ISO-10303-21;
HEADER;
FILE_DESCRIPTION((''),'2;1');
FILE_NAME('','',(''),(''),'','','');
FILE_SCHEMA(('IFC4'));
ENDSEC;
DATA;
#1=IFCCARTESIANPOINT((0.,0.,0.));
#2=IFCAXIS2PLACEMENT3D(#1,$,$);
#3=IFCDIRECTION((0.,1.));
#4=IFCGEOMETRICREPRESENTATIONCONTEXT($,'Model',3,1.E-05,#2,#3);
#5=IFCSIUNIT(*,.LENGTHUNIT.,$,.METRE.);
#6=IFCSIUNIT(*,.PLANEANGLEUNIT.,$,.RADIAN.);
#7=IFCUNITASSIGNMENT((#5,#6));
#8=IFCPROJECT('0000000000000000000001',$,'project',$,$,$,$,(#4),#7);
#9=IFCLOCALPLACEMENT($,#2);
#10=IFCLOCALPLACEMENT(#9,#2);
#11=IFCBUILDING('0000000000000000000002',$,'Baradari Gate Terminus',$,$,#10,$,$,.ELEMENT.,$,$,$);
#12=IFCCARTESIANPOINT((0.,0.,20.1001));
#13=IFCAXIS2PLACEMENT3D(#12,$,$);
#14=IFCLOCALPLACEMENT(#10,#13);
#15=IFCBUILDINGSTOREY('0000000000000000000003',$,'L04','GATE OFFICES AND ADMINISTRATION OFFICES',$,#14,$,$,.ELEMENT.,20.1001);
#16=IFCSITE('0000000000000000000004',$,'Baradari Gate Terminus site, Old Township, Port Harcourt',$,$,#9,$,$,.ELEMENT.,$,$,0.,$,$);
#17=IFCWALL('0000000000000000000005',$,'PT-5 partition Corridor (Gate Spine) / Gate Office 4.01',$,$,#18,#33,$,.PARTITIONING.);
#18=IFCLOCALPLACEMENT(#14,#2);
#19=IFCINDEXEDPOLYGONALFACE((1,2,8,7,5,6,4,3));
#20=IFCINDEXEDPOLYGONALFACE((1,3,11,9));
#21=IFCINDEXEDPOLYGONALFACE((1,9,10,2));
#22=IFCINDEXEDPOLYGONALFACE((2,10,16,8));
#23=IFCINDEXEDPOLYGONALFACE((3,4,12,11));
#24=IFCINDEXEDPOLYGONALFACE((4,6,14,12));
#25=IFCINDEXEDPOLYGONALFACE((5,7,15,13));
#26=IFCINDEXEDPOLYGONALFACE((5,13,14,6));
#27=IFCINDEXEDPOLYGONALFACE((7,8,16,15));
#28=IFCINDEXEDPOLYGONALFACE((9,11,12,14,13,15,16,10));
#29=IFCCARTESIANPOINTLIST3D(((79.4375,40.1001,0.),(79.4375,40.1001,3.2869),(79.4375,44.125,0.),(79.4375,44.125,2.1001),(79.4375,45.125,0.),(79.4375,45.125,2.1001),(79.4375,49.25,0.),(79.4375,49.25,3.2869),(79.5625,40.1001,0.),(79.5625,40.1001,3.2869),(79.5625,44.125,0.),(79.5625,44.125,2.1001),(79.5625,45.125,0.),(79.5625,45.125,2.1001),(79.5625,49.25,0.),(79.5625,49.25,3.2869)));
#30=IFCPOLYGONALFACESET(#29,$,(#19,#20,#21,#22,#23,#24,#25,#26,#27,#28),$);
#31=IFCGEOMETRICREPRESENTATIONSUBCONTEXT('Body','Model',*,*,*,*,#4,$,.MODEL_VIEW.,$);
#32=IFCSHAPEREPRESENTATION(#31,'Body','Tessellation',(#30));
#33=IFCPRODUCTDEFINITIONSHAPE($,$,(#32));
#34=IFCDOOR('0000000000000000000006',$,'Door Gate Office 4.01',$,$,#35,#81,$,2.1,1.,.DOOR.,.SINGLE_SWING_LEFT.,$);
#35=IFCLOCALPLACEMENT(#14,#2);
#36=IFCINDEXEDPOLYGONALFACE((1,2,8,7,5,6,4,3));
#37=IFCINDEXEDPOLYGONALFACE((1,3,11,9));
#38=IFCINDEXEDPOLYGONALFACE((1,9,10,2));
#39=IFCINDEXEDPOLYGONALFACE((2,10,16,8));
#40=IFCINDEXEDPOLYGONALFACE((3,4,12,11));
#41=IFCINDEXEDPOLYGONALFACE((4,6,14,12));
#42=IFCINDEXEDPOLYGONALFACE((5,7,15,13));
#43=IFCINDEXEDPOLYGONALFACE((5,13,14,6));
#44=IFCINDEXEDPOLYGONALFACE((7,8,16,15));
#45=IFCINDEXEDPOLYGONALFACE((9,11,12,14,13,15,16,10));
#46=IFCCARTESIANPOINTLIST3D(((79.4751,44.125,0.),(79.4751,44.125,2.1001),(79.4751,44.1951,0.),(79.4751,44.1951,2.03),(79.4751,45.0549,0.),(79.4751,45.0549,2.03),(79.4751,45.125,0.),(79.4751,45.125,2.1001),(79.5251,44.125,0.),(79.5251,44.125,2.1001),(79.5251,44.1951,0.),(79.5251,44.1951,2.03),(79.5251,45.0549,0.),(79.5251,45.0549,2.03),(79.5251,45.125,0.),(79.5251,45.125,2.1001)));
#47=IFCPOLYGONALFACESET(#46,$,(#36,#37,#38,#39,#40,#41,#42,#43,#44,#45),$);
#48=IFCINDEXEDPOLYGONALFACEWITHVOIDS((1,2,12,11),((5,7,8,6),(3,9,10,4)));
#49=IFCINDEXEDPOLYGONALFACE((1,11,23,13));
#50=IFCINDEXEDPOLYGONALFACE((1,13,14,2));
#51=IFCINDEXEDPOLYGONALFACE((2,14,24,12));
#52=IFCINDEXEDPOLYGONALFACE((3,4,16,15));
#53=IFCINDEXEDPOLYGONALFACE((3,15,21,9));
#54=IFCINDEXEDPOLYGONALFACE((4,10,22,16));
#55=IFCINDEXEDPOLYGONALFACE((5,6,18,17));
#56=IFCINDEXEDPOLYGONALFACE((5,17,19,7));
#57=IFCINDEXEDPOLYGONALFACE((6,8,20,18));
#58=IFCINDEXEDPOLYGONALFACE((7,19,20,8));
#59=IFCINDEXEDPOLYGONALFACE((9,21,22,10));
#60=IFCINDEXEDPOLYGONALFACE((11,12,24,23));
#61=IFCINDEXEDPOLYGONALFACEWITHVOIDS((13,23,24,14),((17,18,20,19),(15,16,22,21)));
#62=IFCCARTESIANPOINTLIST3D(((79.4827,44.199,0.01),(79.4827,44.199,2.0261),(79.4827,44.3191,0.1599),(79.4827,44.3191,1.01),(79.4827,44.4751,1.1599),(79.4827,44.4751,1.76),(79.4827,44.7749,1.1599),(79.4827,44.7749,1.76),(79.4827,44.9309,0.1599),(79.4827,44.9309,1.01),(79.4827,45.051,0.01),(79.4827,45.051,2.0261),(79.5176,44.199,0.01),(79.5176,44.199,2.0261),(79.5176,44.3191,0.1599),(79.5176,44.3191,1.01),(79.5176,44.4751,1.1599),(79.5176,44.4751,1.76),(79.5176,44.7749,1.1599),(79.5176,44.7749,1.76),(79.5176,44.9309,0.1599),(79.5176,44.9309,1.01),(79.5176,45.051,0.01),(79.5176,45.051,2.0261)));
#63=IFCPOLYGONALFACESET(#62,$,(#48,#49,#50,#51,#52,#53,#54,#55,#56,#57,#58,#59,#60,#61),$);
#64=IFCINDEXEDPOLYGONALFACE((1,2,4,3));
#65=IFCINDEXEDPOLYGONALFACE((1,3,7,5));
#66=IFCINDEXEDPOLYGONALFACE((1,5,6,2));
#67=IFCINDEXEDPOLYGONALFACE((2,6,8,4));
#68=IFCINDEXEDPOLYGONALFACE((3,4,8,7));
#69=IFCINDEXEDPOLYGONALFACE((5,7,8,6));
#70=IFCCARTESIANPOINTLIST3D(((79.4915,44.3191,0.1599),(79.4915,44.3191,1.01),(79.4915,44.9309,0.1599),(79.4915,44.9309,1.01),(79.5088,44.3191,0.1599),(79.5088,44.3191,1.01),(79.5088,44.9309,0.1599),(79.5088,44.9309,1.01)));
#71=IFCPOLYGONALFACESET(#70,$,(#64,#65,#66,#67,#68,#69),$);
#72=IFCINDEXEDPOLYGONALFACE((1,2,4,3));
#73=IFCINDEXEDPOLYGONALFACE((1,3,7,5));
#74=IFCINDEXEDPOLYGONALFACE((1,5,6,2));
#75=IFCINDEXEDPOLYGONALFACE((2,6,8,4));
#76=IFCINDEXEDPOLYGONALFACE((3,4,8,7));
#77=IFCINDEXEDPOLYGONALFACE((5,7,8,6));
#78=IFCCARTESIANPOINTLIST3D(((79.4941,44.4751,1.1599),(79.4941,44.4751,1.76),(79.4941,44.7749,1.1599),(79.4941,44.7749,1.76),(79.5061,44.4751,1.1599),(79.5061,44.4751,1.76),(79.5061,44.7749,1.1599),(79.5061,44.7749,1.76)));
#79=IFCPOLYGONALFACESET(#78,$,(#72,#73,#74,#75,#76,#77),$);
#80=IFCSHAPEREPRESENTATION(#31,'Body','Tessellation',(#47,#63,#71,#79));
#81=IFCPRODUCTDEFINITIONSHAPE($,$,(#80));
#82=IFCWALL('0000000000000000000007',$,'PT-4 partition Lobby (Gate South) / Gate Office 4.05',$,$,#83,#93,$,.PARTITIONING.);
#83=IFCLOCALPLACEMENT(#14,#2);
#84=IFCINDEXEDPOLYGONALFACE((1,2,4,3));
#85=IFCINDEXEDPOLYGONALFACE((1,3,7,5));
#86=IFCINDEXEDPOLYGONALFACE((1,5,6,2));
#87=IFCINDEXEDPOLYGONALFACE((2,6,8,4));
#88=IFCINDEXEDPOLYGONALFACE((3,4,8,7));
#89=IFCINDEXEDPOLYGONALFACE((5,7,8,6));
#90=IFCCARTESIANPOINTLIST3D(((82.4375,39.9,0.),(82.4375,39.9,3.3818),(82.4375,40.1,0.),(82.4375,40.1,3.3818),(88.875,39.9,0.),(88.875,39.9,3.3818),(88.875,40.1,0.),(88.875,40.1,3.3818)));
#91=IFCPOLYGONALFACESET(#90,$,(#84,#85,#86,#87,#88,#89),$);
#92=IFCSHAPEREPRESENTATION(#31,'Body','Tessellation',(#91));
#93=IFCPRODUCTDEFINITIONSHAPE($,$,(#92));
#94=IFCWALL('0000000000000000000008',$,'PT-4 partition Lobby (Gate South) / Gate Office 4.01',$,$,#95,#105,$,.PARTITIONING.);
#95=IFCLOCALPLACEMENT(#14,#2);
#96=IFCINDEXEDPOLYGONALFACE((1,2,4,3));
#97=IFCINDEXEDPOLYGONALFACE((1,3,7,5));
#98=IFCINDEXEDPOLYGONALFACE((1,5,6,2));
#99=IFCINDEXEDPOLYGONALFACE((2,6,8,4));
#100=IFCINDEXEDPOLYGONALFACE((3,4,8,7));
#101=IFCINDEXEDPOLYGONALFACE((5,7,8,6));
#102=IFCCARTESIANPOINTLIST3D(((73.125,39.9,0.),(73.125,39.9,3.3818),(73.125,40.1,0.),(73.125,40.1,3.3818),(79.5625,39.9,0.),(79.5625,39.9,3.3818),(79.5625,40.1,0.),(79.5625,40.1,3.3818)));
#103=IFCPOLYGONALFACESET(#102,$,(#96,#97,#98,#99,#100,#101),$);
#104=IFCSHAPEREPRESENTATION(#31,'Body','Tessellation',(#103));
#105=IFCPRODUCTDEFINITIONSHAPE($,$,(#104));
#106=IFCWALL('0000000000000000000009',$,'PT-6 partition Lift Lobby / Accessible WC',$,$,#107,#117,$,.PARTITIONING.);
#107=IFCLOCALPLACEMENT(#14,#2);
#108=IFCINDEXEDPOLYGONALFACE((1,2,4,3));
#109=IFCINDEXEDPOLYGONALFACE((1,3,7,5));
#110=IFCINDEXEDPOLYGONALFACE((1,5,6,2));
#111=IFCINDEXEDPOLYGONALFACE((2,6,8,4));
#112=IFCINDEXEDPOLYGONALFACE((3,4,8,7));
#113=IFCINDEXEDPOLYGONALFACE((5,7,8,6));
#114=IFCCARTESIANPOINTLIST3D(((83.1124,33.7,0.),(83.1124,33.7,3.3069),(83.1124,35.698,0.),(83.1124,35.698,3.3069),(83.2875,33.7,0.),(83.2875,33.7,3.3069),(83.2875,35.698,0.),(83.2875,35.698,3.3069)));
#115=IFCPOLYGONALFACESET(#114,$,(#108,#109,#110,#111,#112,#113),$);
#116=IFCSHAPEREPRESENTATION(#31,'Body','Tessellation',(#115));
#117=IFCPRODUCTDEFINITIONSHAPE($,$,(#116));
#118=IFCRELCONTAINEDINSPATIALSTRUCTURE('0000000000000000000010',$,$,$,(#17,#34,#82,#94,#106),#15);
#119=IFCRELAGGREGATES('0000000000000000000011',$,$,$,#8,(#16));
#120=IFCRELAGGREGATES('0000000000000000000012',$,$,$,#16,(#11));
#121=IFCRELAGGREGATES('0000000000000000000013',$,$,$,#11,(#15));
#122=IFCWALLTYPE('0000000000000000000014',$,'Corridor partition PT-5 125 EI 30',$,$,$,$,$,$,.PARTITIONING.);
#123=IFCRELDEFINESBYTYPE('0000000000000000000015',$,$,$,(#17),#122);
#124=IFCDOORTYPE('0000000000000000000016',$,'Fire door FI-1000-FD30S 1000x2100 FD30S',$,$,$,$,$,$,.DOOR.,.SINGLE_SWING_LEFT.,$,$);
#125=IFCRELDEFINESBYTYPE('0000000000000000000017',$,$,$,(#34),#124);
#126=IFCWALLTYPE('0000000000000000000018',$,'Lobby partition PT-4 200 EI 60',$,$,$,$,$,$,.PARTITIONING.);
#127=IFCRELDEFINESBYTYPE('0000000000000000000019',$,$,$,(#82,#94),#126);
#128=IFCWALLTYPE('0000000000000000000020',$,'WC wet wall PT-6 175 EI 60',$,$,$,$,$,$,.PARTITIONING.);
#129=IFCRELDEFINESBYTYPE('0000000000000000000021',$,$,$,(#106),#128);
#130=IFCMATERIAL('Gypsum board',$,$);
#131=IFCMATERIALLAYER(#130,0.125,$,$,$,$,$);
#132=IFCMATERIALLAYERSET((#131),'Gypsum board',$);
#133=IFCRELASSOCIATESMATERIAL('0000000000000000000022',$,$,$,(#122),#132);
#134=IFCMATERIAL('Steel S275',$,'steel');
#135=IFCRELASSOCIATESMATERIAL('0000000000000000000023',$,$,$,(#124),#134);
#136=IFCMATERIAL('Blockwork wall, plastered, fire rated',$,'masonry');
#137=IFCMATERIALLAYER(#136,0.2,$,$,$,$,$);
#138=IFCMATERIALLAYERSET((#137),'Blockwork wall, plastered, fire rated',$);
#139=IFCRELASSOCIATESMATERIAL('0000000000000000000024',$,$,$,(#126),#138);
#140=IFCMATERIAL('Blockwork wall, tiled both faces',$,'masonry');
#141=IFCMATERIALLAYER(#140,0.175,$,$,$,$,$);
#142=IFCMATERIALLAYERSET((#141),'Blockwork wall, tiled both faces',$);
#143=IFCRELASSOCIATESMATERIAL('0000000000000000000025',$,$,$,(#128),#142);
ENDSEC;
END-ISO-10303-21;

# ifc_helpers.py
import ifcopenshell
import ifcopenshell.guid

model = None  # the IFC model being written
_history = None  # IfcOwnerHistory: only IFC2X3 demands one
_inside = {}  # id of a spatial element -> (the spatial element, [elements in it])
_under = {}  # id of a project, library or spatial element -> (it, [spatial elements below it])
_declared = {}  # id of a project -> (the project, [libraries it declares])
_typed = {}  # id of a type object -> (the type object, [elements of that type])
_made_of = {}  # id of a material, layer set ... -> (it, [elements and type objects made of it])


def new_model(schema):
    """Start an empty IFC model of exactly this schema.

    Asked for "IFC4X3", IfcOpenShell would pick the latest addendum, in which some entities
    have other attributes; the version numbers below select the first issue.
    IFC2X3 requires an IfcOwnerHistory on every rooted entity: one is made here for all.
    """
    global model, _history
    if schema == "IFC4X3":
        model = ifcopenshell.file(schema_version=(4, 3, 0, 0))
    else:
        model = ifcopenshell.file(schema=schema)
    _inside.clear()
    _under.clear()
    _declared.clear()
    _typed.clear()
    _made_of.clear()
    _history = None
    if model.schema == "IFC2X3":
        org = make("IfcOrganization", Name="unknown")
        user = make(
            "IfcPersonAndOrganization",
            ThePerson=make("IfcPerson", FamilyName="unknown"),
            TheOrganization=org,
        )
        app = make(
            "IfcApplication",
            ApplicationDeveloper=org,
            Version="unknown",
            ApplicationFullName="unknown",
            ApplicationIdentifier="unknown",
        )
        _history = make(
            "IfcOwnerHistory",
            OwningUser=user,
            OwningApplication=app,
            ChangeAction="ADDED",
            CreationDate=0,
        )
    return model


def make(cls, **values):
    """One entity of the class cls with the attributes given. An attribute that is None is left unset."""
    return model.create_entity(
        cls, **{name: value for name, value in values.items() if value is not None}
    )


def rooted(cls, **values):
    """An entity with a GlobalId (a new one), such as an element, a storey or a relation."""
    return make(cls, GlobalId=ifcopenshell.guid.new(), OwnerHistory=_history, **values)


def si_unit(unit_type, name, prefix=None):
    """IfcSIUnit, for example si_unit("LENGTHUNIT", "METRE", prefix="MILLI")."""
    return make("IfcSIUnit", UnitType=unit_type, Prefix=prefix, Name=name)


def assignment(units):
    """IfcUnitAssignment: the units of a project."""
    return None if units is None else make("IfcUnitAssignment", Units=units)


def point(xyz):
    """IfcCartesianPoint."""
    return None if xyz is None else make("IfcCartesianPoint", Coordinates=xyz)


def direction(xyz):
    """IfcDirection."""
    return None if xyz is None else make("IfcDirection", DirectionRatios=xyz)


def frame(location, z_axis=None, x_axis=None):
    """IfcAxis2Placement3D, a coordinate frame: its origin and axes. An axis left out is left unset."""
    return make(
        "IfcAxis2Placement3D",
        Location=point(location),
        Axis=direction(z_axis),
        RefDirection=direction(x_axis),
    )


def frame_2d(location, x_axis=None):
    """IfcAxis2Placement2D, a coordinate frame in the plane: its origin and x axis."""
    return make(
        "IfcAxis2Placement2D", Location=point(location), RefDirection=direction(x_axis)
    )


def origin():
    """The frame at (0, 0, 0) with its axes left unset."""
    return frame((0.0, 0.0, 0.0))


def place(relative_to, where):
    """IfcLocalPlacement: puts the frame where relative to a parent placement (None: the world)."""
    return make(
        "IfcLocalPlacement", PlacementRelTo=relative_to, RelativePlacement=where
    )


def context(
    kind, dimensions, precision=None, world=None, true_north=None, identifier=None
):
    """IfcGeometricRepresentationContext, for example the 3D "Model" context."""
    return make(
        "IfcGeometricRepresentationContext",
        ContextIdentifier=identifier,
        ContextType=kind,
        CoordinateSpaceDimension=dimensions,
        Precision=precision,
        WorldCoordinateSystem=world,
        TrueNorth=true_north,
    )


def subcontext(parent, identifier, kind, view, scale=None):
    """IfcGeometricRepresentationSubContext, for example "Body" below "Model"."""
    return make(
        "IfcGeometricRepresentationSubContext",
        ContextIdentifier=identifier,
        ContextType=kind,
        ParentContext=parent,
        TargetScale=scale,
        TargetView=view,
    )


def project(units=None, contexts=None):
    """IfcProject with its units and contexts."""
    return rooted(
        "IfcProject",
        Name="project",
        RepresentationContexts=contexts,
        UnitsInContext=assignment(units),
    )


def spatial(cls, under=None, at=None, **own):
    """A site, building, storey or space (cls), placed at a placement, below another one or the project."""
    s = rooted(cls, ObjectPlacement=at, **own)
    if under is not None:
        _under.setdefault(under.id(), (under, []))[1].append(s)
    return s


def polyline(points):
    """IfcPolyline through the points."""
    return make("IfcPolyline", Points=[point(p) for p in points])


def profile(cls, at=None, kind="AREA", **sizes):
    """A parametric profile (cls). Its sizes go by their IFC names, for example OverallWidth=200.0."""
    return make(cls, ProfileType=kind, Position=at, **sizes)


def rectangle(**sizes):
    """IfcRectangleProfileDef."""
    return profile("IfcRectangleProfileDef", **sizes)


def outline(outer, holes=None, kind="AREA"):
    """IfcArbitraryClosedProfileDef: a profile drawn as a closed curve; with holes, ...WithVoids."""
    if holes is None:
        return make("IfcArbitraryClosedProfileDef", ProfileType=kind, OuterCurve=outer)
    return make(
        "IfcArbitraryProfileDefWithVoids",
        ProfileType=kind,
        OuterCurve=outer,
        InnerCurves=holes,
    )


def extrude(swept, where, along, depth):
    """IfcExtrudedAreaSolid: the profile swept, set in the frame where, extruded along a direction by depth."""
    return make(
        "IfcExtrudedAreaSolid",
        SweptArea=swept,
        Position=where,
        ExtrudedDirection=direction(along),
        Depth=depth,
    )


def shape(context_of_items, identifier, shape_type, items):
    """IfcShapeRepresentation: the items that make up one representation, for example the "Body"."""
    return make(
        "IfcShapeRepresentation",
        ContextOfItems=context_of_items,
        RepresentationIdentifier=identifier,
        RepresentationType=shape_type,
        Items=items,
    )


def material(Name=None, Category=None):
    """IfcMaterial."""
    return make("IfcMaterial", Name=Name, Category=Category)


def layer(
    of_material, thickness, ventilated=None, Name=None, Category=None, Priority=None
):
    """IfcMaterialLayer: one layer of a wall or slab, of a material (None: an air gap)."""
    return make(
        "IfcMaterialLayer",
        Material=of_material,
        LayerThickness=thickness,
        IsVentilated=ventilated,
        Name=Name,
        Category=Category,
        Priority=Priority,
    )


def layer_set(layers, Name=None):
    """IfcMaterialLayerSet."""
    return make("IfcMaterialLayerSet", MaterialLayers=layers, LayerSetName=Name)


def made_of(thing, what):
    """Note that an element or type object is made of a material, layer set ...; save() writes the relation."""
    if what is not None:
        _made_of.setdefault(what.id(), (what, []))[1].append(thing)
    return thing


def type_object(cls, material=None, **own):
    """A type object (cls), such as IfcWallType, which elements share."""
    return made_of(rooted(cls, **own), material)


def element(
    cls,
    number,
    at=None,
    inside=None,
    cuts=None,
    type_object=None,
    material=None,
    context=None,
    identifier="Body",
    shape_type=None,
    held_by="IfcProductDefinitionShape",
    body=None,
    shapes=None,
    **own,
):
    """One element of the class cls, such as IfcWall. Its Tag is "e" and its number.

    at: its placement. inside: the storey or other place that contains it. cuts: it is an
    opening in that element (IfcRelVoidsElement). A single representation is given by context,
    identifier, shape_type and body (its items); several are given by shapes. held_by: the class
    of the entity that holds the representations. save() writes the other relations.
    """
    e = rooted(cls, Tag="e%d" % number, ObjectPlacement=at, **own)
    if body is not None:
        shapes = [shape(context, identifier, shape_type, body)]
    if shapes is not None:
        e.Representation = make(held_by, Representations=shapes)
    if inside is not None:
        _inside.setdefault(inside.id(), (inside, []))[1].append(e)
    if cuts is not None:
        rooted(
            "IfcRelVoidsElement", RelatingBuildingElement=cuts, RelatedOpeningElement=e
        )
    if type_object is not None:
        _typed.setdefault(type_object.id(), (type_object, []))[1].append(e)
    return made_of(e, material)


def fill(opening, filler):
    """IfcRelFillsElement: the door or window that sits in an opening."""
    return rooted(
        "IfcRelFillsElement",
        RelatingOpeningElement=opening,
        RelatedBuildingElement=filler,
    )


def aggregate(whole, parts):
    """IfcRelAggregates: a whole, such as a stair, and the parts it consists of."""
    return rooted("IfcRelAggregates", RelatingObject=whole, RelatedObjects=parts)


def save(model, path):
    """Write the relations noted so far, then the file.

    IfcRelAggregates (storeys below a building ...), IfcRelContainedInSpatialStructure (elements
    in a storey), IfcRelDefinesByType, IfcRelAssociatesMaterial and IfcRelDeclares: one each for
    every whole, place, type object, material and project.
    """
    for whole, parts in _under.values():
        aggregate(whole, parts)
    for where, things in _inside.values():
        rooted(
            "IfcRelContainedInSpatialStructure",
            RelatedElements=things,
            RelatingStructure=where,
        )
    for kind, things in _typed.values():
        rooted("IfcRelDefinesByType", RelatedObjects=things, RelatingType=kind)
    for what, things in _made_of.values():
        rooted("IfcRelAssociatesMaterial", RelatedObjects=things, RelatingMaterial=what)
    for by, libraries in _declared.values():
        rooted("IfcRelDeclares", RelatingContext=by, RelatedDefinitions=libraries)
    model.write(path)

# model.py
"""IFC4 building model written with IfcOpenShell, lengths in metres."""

from ifc_helpers import new_model, si_unit, direction, frame, frame_2d, origin, place, context, subcontext, project, spatial, polyline, rectangle, outline, extrude, material, layer, layer_set, type_object, element, fill, save


model = new_model("IFC4")

# Units and contexts
model_context = context("Model", 3, precision=1e-05, world=origin(), true_north=direction((0.0, 1.0)))
body_context = subcontext(model_context, "Body", "Model", "MODEL_VIEW")
ifc_project = project(units=[si_unit("LENGTHUNIT", "METRE"), si_unit("PLANEANGLEUNIT", "RADIAN")], contexts=[model_context])

# Site, building, storey
site_placement = place(None, origin())
site = spatial("IfcSite", under=ifc_project, at=site_placement, Name="Baradari Gate Terminus site, Old Township, Port Harcourt", CompositionType="ELEMENT", RefElevation=0.0)
building_placement = place(site_placement, origin())
building = spatial("IfcBuilding", under=site, at=building_placement, Name="Baradari Gate Terminus", CompositionType="ELEMENT")
storey_placement = place(building_placement, frame((0.0, 0.0, 20.1001)))
storey = spatial("IfcBuildingStorey", under=building, at=storey_placement, Name="L04", Description="GATE OFFICES AND ADMINISTRATION OFFICES", CompositionType="ELEMENT", Elevation=20.1001)

# Wall, opening, door
ifc_material_1 = material(Name="Gypsum board")
ifc_layer_1 = layer(ifc_material_1, 0.125)
ifc_layer_set_1 = layer_set([ifc_layer_1], Name="Gypsum board")
wall_type_1 = type_object("IfcWallType", Name="Corridor partition PT-5 125 EI 30", PredefinedType="PARTITIONING", material=ifc_layer_set_1)
wall_1_placement = place(storey_placement, frame((79.5, 40.1001, 0.0), z_axis=(0.0, 0.0, 1.0), x_axis=(0.0, 1.0, 0.0)))
wall_1 = element("IfcWall", 1, at=wall_1_placement, inside=storey, type_object=wall_type_1, Name="PT-5 partition Corridor (Gate Spine) / Gate Office 4.01", PredefinedType="PARTITIONING", context=body_context, shape_type="SweptSolid", body=[
    extrude(rectangle(XDim=9.1499, YDim=0.125, at=frame_2d((4.575, 0.0))), origin(), (0.0, 0.0, 1.0), 3.2869),
])
opening_placement = place(wall_1_placement, frame((4.0249, 0.0, 0.0)))
opening = element("IfcOpeningElement", 2, at=opening_placement, cuts=wall_1, PredefinedType="OPENING", context=body_context, shape_type="SweptSolid", body=[
    extrude(rectangle(XDim=1.0, YDim=2.1001, at=frame_2d((0.5, 1.05))), frame((0.0, 0.0725, 0.0), z_axis=(0.0, -1.0, 0.0), x_axis=(1.0, 0.0, 0.0)), (0.0, 0.0, 1.0), 0.145),
])
ifc_material_2 = material(Name="Steel S275", Category="steel")
door_type = type_object("IfcDoorType", Name="Fire door FI-1000-FD30S 1000x2100 FD30S", OperationType="SINGLE_SWING_LEFT", PredefinedType="DOOR", material=ifc_material_2)
door_placement = place(opening_placement, origin())
door = element("IfcDoor", 3, at=door_placement, inside=storey, type_object=door_type, Name="Door Gate Office 4.01", OperationType="SINGLE_SWING_LEFT", OverallHeight=2.1, OverallWidth=1.0, PredefinedType="DOOR", context=body_context, shape_type="SweptSolid", body=[
    extrude(outline(polyline([(0.0, 0.0), (0.0701, 0.0), (0.0701, 2.03), (0.9299, 2.03), (0.9299, 0.0), (1.0, 0.0), (1.0, 2.1001), (0.0, 2.1001), (0.0, 0.0)])), frame((0.0, 0.0249, 0.0), z_axis=(0.0, -1.0, 0.0), x_axis=(1.0, 0.0, 0.0)), (0.0, 0.0, 1.0), 0.05),
    extrude(outline(polyline([(0.074, 0.01), (0.926, 0.01), (0.926, 2.0261), (0.074, 2.0261), (0.074, 0.01)]), holes=[polyline([(0.1941, 0.1599), (0.8059, 0.1599), (0.8059, 1.01), (0.1941, 1.01), (0.1941, 0.1599)]), polyline([(0.3501, 1.1599), (0.6499, 1.1599), (0.6499, 1.76), (0.3501, 1.76), (0.3501, 1.1599)])]), frame((0.0, 0.0173, 0.0), z_axis=(0.0, -1.0, 0.0), x_axis=(1.0, 0.0, 0.0)), (0.0, 0.0, 1.0), 0.0349),
    extrude(rectangle(XDim=0.6118, YDim=0.8501, at=frame_2d((0.5, 0.585))), frame((0.0, 0.0085, 0.0), z_axis=(0.0, -1.0, 0.0), x_axis=(1.0, 0.0, 0.0)), (0.0, 0.0, 1.0), 0.0173),
    extrude(rectangle(XDim=0.2998, YDim=0.6001, at=frame_2d((0.5, 1.46))), frame((0.0, 0.0059, 0.0), z_axis=(0.0, -1.0, 0.0), x_axis=(1.0, 0.0, 0.0)), (0.0, 0.0, 1.0), 0.012),
])
fill(opening, door)

# Walls
ifc_material_3 = material(Name="Blockwork wall, plastered, fire rated", Category="masonry")
ifc_layer_2 = layer(ifc_material_3, 0.2)
ifc_layer_set_2 = layer_set([ifc_layer_2], Name="Blockwork wall, plastered, fire rated")
wall_type_2 = type_object("IfcWallType", Name="Lobby partition PT-4 200 EI 60", PredefinedType="PARTITIONING", material=ifc_layer_set_2)
for number, where, z_axis, x_axis, name in (
    (4, (82.4375, 40.0, 0.0), (0.0, 0.0, 1.0), (1.0, 0.0, 0.0), "PT-4 partition Lobby (Gate South) / Gate Office 4.05"),
    (5, (73.125, 40.0, 0.0), (0.0, 0.0, 1.0), (1.0, 0.0, 0.0), "PT-4 partition Lobby (Gate South) / Gate Office 4.01"),
):
    element("IfcWall", number, at=place(storey_placement, frame(where, z_axis=z_axis, x_axis=x_axis)), inside=storey, type_object=wall_type_2, Name=name, PredefinedType="PARTITIONING", context=body_context, shape_type="SweptSolid", body=[
        extrude(rectangle(XDim=6.4375, YDim=0.2, at=frame_2d((3.2188, 0.0))), origin(), (0.0, 0.0, 1.0), 3.3818),
    ])
ifc_material_4 = material(Name="Blockwork wall, tiled both faces", Category="masonry")
ifc_layer_3 = layer(ifc_material_4, 0.175)
ifc_layer_set_3 = layer_set([ifc_layer_3], Name="Blockwork wall, tiled both faces")
wall_type_3 = type_object("IfcWallType", Name="WC wet wall PT-6 175 EI 60", PredefinedType="PARTITIONING", material=ifc_layer_set_3)
wall_2_placement = place(storey_placement, frame((83.2, 35.698, 0.0), z_axis=(0.0, 0.0, 1.0), x_axis=(0.0, -1.0, 0.0)))
element("IfcWall", 6, at=wall_2_placement, inside=storey, type_object=wall_type_3, Name="PT-6 partition Lift Lobby / Accessible WC", PredefinedType="PARTITIONING", context=body_context, shape_type="SweptSolid", body=[
    extrude(rectangle(XDim=1.998, YDim=0.175, at=frame_2d((0.999, 0.0))), origin(), (0.0, 0.0, 1.0), 3.3069),
])

save(model, "model.ifc")
